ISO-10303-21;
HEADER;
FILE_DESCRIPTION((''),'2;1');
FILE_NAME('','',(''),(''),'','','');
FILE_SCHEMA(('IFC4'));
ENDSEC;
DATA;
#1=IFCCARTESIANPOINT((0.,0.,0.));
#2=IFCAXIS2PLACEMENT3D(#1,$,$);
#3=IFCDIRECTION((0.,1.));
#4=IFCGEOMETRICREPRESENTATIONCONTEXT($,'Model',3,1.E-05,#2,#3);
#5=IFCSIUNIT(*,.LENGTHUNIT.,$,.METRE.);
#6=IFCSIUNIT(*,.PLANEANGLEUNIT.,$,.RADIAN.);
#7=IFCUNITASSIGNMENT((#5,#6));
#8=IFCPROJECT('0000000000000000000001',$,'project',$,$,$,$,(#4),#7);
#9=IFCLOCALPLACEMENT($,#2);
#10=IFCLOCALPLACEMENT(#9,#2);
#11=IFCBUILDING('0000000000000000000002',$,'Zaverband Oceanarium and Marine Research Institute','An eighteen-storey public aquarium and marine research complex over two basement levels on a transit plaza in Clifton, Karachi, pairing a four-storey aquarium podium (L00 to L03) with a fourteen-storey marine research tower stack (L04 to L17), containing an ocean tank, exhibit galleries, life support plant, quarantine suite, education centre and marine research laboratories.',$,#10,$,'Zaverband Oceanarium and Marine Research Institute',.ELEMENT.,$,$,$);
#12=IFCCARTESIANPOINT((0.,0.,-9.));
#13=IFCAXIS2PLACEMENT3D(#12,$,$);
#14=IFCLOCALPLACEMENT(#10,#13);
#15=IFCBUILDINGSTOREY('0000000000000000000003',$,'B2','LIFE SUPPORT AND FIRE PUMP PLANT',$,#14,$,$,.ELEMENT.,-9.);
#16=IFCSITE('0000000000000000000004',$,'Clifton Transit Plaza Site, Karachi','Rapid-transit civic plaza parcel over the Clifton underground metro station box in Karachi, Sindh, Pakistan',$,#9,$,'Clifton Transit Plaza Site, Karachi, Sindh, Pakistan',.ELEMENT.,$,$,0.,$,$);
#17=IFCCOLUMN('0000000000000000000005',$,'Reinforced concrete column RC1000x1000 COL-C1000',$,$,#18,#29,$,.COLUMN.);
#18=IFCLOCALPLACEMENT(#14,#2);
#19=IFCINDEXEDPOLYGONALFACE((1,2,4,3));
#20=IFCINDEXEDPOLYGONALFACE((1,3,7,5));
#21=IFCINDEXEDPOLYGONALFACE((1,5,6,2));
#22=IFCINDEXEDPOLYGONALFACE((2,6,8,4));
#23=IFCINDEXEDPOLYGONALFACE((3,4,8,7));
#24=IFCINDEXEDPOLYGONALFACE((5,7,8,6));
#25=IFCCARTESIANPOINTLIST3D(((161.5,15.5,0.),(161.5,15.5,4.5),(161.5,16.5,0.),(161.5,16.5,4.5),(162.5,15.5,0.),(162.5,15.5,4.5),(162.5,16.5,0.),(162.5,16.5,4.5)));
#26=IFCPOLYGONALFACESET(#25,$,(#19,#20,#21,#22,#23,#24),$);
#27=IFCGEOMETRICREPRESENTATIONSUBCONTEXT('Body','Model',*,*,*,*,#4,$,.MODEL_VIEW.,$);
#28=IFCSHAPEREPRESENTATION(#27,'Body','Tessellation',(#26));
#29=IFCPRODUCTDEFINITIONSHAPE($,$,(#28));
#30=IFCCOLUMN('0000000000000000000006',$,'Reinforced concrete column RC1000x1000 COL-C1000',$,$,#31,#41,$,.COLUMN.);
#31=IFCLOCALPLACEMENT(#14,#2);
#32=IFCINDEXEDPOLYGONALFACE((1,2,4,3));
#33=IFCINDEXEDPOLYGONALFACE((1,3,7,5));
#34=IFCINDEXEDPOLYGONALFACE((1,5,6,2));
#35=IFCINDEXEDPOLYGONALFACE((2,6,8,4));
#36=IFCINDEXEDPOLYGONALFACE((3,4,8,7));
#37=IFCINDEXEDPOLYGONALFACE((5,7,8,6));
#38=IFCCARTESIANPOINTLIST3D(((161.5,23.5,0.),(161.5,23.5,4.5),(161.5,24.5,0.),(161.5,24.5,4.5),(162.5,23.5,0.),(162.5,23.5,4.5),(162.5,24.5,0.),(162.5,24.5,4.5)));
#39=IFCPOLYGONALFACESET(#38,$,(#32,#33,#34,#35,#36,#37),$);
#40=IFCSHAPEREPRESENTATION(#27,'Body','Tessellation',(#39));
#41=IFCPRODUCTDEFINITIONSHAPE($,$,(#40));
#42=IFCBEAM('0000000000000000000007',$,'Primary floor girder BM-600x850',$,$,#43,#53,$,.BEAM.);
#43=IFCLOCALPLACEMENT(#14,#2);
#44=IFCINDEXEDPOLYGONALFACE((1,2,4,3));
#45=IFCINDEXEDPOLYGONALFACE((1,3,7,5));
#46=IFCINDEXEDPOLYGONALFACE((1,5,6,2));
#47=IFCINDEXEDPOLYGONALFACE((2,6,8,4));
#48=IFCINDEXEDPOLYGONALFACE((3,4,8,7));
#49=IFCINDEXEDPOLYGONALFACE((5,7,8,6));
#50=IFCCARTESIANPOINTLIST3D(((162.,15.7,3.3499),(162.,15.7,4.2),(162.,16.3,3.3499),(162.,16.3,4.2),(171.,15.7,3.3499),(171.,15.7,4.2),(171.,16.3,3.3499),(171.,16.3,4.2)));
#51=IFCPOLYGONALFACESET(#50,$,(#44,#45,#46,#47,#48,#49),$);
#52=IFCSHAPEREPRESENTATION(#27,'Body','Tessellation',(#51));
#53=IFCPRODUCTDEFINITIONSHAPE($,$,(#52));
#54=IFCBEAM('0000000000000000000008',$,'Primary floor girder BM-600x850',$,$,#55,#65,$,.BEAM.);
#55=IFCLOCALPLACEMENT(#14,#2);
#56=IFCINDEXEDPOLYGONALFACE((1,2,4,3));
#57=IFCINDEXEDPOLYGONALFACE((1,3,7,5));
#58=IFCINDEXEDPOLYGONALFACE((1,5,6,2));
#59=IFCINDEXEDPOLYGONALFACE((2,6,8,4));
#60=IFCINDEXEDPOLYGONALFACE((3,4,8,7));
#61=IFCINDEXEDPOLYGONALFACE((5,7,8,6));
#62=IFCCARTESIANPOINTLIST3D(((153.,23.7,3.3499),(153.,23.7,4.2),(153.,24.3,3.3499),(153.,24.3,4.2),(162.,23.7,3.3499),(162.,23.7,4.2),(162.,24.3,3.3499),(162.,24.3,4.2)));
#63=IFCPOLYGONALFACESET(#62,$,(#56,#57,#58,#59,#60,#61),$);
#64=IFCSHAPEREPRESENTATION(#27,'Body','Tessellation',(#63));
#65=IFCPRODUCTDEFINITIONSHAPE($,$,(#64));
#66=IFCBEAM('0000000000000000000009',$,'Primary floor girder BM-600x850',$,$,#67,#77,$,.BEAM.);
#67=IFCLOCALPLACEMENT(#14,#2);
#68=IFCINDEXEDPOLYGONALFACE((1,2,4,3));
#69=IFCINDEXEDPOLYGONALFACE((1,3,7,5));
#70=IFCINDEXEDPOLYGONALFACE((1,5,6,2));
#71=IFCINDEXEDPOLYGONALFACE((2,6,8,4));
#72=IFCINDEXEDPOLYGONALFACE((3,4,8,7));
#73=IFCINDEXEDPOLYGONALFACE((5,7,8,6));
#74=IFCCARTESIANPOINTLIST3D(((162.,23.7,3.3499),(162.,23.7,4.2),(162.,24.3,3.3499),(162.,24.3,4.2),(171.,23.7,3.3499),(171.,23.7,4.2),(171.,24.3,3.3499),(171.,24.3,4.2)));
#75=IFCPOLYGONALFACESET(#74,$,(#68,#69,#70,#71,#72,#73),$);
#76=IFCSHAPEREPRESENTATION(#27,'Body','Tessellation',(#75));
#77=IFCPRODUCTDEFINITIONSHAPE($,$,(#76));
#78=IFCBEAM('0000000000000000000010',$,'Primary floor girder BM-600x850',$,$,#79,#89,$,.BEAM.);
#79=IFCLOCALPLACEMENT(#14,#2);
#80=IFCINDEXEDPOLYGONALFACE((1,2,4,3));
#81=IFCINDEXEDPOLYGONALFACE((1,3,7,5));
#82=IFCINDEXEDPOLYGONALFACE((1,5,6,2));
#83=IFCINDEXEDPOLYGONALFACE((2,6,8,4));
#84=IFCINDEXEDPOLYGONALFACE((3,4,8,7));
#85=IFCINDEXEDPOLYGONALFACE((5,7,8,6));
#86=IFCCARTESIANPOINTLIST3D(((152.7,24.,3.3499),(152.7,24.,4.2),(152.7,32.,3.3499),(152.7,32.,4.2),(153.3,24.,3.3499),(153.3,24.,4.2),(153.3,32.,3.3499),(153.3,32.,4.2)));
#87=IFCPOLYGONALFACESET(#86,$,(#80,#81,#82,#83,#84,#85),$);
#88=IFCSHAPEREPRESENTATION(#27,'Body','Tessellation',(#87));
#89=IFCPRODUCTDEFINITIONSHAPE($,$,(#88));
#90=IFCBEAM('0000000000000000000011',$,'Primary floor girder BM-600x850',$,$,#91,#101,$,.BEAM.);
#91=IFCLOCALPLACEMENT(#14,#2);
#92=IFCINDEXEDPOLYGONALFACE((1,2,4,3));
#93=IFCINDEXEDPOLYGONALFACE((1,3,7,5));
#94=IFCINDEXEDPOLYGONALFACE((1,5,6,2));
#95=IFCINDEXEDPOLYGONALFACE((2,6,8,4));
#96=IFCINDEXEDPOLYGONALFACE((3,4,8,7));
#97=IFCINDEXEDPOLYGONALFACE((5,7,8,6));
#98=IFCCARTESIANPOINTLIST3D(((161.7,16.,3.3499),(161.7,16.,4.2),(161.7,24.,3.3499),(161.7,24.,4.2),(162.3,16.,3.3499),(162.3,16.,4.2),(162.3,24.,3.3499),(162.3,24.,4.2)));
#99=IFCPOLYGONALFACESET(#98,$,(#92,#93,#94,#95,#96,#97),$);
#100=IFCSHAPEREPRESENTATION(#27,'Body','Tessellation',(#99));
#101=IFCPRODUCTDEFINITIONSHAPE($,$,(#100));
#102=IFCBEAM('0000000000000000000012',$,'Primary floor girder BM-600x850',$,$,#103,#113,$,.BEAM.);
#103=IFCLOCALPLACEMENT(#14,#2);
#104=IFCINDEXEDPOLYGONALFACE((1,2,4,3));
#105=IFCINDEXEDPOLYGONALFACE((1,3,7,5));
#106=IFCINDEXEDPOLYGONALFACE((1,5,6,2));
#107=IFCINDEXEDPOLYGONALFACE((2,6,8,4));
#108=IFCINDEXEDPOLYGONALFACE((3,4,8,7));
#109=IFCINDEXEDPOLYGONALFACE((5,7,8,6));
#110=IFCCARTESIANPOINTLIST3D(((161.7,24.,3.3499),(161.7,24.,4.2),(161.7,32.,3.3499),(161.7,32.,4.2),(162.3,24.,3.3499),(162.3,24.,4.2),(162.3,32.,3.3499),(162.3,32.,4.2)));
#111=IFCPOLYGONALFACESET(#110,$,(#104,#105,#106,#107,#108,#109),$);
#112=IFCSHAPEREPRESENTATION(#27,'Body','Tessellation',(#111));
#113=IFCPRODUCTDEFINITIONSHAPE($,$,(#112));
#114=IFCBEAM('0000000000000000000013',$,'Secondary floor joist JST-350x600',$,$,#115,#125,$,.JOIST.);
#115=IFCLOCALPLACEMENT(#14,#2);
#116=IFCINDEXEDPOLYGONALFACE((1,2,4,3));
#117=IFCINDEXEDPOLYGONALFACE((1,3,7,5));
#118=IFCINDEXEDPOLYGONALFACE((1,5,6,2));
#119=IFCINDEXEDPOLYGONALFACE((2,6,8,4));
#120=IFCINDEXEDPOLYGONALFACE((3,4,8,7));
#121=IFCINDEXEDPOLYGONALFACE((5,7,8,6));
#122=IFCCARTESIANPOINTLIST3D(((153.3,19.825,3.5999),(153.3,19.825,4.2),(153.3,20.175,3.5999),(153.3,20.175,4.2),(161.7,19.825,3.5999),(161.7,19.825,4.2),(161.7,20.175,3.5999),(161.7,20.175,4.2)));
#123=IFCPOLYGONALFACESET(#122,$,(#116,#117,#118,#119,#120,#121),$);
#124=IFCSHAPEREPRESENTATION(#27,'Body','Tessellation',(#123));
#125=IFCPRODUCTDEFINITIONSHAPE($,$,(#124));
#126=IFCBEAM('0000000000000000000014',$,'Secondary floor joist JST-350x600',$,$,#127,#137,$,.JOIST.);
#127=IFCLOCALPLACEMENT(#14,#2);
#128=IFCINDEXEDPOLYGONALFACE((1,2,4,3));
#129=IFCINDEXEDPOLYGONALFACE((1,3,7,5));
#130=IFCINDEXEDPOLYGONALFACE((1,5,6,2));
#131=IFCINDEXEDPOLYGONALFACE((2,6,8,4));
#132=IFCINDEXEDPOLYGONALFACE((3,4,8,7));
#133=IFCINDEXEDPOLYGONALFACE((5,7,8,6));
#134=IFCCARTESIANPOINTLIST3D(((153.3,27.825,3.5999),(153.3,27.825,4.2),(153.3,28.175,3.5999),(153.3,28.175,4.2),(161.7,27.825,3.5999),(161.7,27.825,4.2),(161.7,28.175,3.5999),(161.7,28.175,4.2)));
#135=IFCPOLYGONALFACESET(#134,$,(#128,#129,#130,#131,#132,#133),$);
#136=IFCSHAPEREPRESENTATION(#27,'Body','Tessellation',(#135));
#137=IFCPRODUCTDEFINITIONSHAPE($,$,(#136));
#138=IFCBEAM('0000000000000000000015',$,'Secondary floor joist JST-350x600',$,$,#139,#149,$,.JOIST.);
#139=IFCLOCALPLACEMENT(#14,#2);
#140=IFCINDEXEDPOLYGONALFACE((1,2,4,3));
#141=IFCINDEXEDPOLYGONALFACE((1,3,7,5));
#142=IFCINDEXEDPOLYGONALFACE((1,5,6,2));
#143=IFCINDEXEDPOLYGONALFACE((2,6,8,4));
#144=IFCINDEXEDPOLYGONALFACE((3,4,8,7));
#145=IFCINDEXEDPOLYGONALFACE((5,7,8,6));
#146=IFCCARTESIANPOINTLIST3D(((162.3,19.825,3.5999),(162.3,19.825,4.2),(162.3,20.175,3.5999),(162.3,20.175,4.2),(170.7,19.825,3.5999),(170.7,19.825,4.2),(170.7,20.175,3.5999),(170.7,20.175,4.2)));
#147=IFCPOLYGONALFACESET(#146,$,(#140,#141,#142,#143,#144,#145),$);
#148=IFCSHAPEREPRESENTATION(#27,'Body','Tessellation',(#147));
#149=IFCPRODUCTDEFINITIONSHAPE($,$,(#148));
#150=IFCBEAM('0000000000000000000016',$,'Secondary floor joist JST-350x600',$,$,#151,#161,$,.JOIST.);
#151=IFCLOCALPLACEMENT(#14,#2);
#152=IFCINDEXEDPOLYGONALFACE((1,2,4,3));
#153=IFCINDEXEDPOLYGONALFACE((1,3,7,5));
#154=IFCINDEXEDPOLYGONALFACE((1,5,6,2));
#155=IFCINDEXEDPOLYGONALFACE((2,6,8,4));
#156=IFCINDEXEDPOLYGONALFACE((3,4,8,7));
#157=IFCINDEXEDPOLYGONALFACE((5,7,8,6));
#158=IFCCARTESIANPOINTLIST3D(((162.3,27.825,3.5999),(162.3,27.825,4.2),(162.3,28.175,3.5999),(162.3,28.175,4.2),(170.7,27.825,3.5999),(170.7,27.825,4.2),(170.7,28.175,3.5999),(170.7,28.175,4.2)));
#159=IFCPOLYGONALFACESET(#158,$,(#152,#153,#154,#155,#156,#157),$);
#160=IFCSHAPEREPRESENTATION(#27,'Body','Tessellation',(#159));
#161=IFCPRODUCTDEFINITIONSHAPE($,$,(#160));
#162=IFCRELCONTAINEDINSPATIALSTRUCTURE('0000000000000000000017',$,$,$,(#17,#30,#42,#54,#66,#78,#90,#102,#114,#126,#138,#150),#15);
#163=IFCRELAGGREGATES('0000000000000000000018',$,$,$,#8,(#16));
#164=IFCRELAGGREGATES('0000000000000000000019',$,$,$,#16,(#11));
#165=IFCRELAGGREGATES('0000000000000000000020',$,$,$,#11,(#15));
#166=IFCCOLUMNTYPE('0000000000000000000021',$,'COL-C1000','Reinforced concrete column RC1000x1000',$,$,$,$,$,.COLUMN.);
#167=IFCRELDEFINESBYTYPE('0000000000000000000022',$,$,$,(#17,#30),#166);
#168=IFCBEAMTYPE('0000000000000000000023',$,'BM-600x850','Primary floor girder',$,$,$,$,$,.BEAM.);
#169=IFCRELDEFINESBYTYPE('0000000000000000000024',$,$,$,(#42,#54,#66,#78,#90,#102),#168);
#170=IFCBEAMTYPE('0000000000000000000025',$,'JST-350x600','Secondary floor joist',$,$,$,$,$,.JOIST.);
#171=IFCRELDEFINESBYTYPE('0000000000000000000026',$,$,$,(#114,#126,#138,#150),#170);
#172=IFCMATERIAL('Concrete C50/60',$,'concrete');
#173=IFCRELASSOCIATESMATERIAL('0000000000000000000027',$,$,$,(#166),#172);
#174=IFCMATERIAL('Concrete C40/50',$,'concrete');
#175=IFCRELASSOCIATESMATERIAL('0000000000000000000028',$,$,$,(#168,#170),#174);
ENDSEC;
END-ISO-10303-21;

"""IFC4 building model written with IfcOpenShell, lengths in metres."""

from ifc_helpers import new_model, si_unit, direction, frame, origin, origin_2d, place, context, subcontext, project, spatial, rectangle, extrude, material, material_profile, profile_set, type_object, element, save


model = new_model("IFC4")

# Units and contexts
model_context = context("Model", 3, precision=1e-05, world=origin(), true_north=direction((0.0, 1.0)))
body_context = subcontext(model_context, "Body", "Model", "MODEL_VIEW")
ifc_project = project(units=[si_unit("LENGTHUNIT", "METRE"), si_unit("PLANEANGLEUNIT", "RADIAN")], contexts=[model_context])

# Site, building, storey
site_placement = place(None, origin())
site = spatial("IfcSite", under=ifc_project, at=site_placement, Name="Clifton Transit Plaza Site, Karachi", Description="Rapid-transit civic plaza parcel over the Clifton underground metro station box in Karachi, Sindh, Pakistan", LongName="Clifton Transit Plaza Site, Karachi, Sindh, Pakistan", CompositionType="ELEMENT", RefElevation=0.0)
building_placement = place(site_placement, origin())
building = spatial("IfcBuilding", under=site, at=building_placement, Name="Zaverband Oceanarium and Marine Research Institute", Description="An eighteen-storey public aquarium and marine research complex over two basement levels on a transit plaza in Clifton, Karachi, pairing a four-storey aquarium podium (L00 to L03) with a fourteen-storey marine research tower stack (L04 to L17), containing an ocean tank, exhibit galleries, life support plant, quarantine suite, education centre and marine research laboratories.", LongName="Zaverband Oceanarium and Marine Research Institute", CompositionType="ELEMENT")
storey_placement = place(building_placement, frame((0.0, 0.0, -9.0)))
storey = spatial("IfcBuildingStorey", under=building, at=storey_placement, Name="B2", Description="LIFE SUPPORT AND FIRE PUMP PLANT", CompositionType="ELEMENT", Elevation=-9.0)

# Shared definitions
ifc_material_1 = material(Name="Concrete C50/60", Category="concrete")

# Columns
ifc_material_profile_1 = material_profile(ifc_material_1, rectangle(XDim=1.0, YDim=1.0, at=origin_2d()), Name="RC1000x1000")
ifc_profile_set_1 = profile_set([ifc_material_profile_1], Name="Concrete C50/60")
column_type = type_object("IfcColumnType", Name="COL-C1000", Description="Reinforced concrete column RC1000x1000", PredefinedType="COLUMN", material=ifc_profile_set_1)
for number, where, z_axis, x_axis, name in (
    (1, (162.0, 16.0, 0.0), (0.0, 0.0, 1.0), (1.0, 0.0, 0.0), "Reinforced concrete column RC1000x1000 COL-C1000"),
    (2, (162.0, 24.0, 0.0), (0.0, 0.0, 1.0), (1.0, 0.0, 0.0), "Reinforced concrete column RC1000x1000 COL-C1000"),
):
    element("IfcColumn", number, at=place(storey_placement, frame(where, z_axis=z_axis, x_axis=x_axis)), inside=storey, type_object=column_type, Name=name, PredefinedType="COLUMN", context=body_context, shape_type="SweptSolid", body=[
        extrude(rectangle(XDim=1.0, YDim=1.0, at=origin_2d()), origin(), (0.0, 0.0, 1.0), 4.5),
    ])

# Beams
ifc_material_2 = material(Name="Concrete C40/50", Category="concrete")
ifc_material_profile_2 = material_profile(ifc_material_2, rectangle(XDim=0.6001, YDim=0.8501, at=origin_2d()), Name="RC600x850")
ifc_profile_set_2 = profile_set([ifc_material_profile_2], Name="Concrete C40/50")
beam_type_1 = type_object("IfcBeamType", Name="BM-600x850", Description="Primary floor girder", PredefinedType="BEAM", material=ifc_profile_set_2)
for number, where, z_axis, x_axis, name in (
    (3, (162.0, 16.0, 3.7749), (1.0, 0.0, 0.0), (0.0, 1.0, 0.0), "Primary floor girder BM-600x850"),
    (4, (153.0, 24.0, 3.7749), (1.0, 0.0, 0.0), (0.0, 1.0, 0.0), "Primary floor girder BM-600x850"),
    (5, (162.0, 24.0, 3.7749), (1.0, 0.0, 0.0), (0.0, 1.0, 0.0), "Primary floor girder BM-600x850"),
):
    element("IfcBeam", number, at=place(storey_placement, frame(where, z_axis=z_axis, x_axis=x_axis)), inside=storey, type_object=beam_type_1, Name=name, PredefinedType="BEAM", context=body_context, shape_type="SweptSolid", body=[
        extrude(rectangle(XDim=0.6001, YDim=0.8501, at=origin_2d()), origin(), (0.0, 0.0, 1.0), 9.0),
    ])
for number, where, z_axis, x_axis, name in (
    (6, (153.0, 24.0, 3.7749), (0.0, 1.0, 0.0), (-1.0, 0.0, 0.0), "Primary floor girder BM-600x850"),
    (7, (162.0, 16.0, 3.7749), (0.0, 1.0, 0.0), (-1.0, 0.0, 0.0), "Primary floor girder BM-600x850"),
    (8, (162.0, 24.0, 3.7749), (0.0, 1.0, 0.0), (-1.0, 0.0, 0.0), "Primary floor girder BM-600x850"),
):
    element("IfcBeam", number, at=place(storey_placement, frame(where, z_axis=z_axis, x_axis=x_axis)), inside=storey, type_object=beam_type_1, Name=name, PredefinedType="BEAM", context=body_context, shape_type="SweptSolid", body=[
        extrude(rectangle(XDim=0.6001, YDim=0.8501, at=origin_2d()), origin(), (0.0, 0.0, 1.0), 8.0),
    ])
ifc_material_profile_3 = material_profile(ifc_material_2, rectangle(XDim=0.3501, YDim=0.6001, at=origin_2d()), Name="RC350x600")
ifc_profile_set_3 = profile_set([ifc_material_profile_3], Name="Concrete C40/50")
beam_type_2 = type_object("IfcBeamType", Name="JST-350x600", Description="Secondary floor joist", PredefinedType="JOIST", material=ifc_profile_set_3)
for number, where, z_axis, x_axis, name in (
    (9, (153.3, 20.0, 3.8999), (1.0, 0.0, 0.0), (0.0, 1.0, 0.0), "Secondary floor joist JST-350x600"),
    (10, (153.3, 28.0, 3.8999), (1.0, 0.0, 0.0), (0.0, 1.0, 0.0), "Secondary floor joist JST-350x600"),
    (11, (162.3, 20.0, 3.8999), (1.0, 0.0, 0.0), (0.0, 1.0, 0.0), "Secondary floor joist JST-350x600"),
    (12, (162.3, 28.0, 3.8999), (1.0, 0.0, 0.0), (0.0, 1.0, 0.0), "Secondary floor joist JST-350x600"),
):
    element("IfcBeam", number, at=place(storey_placement, frame(where, z_axis=z_axis, x_axis=x_axis)), inside=storey, type_object=beam_type_2, Name=name, PredefinedType="JOIST", context=body_context, shape_type="SweptSolid", body=[
        extrude(rectangle(XDim=0.3501, YDim=0.6001, at=origin_2d()), origin(), (0.0, 0.0, 1.0), 8.3999),
    ])

save(model, "model.ifc")
